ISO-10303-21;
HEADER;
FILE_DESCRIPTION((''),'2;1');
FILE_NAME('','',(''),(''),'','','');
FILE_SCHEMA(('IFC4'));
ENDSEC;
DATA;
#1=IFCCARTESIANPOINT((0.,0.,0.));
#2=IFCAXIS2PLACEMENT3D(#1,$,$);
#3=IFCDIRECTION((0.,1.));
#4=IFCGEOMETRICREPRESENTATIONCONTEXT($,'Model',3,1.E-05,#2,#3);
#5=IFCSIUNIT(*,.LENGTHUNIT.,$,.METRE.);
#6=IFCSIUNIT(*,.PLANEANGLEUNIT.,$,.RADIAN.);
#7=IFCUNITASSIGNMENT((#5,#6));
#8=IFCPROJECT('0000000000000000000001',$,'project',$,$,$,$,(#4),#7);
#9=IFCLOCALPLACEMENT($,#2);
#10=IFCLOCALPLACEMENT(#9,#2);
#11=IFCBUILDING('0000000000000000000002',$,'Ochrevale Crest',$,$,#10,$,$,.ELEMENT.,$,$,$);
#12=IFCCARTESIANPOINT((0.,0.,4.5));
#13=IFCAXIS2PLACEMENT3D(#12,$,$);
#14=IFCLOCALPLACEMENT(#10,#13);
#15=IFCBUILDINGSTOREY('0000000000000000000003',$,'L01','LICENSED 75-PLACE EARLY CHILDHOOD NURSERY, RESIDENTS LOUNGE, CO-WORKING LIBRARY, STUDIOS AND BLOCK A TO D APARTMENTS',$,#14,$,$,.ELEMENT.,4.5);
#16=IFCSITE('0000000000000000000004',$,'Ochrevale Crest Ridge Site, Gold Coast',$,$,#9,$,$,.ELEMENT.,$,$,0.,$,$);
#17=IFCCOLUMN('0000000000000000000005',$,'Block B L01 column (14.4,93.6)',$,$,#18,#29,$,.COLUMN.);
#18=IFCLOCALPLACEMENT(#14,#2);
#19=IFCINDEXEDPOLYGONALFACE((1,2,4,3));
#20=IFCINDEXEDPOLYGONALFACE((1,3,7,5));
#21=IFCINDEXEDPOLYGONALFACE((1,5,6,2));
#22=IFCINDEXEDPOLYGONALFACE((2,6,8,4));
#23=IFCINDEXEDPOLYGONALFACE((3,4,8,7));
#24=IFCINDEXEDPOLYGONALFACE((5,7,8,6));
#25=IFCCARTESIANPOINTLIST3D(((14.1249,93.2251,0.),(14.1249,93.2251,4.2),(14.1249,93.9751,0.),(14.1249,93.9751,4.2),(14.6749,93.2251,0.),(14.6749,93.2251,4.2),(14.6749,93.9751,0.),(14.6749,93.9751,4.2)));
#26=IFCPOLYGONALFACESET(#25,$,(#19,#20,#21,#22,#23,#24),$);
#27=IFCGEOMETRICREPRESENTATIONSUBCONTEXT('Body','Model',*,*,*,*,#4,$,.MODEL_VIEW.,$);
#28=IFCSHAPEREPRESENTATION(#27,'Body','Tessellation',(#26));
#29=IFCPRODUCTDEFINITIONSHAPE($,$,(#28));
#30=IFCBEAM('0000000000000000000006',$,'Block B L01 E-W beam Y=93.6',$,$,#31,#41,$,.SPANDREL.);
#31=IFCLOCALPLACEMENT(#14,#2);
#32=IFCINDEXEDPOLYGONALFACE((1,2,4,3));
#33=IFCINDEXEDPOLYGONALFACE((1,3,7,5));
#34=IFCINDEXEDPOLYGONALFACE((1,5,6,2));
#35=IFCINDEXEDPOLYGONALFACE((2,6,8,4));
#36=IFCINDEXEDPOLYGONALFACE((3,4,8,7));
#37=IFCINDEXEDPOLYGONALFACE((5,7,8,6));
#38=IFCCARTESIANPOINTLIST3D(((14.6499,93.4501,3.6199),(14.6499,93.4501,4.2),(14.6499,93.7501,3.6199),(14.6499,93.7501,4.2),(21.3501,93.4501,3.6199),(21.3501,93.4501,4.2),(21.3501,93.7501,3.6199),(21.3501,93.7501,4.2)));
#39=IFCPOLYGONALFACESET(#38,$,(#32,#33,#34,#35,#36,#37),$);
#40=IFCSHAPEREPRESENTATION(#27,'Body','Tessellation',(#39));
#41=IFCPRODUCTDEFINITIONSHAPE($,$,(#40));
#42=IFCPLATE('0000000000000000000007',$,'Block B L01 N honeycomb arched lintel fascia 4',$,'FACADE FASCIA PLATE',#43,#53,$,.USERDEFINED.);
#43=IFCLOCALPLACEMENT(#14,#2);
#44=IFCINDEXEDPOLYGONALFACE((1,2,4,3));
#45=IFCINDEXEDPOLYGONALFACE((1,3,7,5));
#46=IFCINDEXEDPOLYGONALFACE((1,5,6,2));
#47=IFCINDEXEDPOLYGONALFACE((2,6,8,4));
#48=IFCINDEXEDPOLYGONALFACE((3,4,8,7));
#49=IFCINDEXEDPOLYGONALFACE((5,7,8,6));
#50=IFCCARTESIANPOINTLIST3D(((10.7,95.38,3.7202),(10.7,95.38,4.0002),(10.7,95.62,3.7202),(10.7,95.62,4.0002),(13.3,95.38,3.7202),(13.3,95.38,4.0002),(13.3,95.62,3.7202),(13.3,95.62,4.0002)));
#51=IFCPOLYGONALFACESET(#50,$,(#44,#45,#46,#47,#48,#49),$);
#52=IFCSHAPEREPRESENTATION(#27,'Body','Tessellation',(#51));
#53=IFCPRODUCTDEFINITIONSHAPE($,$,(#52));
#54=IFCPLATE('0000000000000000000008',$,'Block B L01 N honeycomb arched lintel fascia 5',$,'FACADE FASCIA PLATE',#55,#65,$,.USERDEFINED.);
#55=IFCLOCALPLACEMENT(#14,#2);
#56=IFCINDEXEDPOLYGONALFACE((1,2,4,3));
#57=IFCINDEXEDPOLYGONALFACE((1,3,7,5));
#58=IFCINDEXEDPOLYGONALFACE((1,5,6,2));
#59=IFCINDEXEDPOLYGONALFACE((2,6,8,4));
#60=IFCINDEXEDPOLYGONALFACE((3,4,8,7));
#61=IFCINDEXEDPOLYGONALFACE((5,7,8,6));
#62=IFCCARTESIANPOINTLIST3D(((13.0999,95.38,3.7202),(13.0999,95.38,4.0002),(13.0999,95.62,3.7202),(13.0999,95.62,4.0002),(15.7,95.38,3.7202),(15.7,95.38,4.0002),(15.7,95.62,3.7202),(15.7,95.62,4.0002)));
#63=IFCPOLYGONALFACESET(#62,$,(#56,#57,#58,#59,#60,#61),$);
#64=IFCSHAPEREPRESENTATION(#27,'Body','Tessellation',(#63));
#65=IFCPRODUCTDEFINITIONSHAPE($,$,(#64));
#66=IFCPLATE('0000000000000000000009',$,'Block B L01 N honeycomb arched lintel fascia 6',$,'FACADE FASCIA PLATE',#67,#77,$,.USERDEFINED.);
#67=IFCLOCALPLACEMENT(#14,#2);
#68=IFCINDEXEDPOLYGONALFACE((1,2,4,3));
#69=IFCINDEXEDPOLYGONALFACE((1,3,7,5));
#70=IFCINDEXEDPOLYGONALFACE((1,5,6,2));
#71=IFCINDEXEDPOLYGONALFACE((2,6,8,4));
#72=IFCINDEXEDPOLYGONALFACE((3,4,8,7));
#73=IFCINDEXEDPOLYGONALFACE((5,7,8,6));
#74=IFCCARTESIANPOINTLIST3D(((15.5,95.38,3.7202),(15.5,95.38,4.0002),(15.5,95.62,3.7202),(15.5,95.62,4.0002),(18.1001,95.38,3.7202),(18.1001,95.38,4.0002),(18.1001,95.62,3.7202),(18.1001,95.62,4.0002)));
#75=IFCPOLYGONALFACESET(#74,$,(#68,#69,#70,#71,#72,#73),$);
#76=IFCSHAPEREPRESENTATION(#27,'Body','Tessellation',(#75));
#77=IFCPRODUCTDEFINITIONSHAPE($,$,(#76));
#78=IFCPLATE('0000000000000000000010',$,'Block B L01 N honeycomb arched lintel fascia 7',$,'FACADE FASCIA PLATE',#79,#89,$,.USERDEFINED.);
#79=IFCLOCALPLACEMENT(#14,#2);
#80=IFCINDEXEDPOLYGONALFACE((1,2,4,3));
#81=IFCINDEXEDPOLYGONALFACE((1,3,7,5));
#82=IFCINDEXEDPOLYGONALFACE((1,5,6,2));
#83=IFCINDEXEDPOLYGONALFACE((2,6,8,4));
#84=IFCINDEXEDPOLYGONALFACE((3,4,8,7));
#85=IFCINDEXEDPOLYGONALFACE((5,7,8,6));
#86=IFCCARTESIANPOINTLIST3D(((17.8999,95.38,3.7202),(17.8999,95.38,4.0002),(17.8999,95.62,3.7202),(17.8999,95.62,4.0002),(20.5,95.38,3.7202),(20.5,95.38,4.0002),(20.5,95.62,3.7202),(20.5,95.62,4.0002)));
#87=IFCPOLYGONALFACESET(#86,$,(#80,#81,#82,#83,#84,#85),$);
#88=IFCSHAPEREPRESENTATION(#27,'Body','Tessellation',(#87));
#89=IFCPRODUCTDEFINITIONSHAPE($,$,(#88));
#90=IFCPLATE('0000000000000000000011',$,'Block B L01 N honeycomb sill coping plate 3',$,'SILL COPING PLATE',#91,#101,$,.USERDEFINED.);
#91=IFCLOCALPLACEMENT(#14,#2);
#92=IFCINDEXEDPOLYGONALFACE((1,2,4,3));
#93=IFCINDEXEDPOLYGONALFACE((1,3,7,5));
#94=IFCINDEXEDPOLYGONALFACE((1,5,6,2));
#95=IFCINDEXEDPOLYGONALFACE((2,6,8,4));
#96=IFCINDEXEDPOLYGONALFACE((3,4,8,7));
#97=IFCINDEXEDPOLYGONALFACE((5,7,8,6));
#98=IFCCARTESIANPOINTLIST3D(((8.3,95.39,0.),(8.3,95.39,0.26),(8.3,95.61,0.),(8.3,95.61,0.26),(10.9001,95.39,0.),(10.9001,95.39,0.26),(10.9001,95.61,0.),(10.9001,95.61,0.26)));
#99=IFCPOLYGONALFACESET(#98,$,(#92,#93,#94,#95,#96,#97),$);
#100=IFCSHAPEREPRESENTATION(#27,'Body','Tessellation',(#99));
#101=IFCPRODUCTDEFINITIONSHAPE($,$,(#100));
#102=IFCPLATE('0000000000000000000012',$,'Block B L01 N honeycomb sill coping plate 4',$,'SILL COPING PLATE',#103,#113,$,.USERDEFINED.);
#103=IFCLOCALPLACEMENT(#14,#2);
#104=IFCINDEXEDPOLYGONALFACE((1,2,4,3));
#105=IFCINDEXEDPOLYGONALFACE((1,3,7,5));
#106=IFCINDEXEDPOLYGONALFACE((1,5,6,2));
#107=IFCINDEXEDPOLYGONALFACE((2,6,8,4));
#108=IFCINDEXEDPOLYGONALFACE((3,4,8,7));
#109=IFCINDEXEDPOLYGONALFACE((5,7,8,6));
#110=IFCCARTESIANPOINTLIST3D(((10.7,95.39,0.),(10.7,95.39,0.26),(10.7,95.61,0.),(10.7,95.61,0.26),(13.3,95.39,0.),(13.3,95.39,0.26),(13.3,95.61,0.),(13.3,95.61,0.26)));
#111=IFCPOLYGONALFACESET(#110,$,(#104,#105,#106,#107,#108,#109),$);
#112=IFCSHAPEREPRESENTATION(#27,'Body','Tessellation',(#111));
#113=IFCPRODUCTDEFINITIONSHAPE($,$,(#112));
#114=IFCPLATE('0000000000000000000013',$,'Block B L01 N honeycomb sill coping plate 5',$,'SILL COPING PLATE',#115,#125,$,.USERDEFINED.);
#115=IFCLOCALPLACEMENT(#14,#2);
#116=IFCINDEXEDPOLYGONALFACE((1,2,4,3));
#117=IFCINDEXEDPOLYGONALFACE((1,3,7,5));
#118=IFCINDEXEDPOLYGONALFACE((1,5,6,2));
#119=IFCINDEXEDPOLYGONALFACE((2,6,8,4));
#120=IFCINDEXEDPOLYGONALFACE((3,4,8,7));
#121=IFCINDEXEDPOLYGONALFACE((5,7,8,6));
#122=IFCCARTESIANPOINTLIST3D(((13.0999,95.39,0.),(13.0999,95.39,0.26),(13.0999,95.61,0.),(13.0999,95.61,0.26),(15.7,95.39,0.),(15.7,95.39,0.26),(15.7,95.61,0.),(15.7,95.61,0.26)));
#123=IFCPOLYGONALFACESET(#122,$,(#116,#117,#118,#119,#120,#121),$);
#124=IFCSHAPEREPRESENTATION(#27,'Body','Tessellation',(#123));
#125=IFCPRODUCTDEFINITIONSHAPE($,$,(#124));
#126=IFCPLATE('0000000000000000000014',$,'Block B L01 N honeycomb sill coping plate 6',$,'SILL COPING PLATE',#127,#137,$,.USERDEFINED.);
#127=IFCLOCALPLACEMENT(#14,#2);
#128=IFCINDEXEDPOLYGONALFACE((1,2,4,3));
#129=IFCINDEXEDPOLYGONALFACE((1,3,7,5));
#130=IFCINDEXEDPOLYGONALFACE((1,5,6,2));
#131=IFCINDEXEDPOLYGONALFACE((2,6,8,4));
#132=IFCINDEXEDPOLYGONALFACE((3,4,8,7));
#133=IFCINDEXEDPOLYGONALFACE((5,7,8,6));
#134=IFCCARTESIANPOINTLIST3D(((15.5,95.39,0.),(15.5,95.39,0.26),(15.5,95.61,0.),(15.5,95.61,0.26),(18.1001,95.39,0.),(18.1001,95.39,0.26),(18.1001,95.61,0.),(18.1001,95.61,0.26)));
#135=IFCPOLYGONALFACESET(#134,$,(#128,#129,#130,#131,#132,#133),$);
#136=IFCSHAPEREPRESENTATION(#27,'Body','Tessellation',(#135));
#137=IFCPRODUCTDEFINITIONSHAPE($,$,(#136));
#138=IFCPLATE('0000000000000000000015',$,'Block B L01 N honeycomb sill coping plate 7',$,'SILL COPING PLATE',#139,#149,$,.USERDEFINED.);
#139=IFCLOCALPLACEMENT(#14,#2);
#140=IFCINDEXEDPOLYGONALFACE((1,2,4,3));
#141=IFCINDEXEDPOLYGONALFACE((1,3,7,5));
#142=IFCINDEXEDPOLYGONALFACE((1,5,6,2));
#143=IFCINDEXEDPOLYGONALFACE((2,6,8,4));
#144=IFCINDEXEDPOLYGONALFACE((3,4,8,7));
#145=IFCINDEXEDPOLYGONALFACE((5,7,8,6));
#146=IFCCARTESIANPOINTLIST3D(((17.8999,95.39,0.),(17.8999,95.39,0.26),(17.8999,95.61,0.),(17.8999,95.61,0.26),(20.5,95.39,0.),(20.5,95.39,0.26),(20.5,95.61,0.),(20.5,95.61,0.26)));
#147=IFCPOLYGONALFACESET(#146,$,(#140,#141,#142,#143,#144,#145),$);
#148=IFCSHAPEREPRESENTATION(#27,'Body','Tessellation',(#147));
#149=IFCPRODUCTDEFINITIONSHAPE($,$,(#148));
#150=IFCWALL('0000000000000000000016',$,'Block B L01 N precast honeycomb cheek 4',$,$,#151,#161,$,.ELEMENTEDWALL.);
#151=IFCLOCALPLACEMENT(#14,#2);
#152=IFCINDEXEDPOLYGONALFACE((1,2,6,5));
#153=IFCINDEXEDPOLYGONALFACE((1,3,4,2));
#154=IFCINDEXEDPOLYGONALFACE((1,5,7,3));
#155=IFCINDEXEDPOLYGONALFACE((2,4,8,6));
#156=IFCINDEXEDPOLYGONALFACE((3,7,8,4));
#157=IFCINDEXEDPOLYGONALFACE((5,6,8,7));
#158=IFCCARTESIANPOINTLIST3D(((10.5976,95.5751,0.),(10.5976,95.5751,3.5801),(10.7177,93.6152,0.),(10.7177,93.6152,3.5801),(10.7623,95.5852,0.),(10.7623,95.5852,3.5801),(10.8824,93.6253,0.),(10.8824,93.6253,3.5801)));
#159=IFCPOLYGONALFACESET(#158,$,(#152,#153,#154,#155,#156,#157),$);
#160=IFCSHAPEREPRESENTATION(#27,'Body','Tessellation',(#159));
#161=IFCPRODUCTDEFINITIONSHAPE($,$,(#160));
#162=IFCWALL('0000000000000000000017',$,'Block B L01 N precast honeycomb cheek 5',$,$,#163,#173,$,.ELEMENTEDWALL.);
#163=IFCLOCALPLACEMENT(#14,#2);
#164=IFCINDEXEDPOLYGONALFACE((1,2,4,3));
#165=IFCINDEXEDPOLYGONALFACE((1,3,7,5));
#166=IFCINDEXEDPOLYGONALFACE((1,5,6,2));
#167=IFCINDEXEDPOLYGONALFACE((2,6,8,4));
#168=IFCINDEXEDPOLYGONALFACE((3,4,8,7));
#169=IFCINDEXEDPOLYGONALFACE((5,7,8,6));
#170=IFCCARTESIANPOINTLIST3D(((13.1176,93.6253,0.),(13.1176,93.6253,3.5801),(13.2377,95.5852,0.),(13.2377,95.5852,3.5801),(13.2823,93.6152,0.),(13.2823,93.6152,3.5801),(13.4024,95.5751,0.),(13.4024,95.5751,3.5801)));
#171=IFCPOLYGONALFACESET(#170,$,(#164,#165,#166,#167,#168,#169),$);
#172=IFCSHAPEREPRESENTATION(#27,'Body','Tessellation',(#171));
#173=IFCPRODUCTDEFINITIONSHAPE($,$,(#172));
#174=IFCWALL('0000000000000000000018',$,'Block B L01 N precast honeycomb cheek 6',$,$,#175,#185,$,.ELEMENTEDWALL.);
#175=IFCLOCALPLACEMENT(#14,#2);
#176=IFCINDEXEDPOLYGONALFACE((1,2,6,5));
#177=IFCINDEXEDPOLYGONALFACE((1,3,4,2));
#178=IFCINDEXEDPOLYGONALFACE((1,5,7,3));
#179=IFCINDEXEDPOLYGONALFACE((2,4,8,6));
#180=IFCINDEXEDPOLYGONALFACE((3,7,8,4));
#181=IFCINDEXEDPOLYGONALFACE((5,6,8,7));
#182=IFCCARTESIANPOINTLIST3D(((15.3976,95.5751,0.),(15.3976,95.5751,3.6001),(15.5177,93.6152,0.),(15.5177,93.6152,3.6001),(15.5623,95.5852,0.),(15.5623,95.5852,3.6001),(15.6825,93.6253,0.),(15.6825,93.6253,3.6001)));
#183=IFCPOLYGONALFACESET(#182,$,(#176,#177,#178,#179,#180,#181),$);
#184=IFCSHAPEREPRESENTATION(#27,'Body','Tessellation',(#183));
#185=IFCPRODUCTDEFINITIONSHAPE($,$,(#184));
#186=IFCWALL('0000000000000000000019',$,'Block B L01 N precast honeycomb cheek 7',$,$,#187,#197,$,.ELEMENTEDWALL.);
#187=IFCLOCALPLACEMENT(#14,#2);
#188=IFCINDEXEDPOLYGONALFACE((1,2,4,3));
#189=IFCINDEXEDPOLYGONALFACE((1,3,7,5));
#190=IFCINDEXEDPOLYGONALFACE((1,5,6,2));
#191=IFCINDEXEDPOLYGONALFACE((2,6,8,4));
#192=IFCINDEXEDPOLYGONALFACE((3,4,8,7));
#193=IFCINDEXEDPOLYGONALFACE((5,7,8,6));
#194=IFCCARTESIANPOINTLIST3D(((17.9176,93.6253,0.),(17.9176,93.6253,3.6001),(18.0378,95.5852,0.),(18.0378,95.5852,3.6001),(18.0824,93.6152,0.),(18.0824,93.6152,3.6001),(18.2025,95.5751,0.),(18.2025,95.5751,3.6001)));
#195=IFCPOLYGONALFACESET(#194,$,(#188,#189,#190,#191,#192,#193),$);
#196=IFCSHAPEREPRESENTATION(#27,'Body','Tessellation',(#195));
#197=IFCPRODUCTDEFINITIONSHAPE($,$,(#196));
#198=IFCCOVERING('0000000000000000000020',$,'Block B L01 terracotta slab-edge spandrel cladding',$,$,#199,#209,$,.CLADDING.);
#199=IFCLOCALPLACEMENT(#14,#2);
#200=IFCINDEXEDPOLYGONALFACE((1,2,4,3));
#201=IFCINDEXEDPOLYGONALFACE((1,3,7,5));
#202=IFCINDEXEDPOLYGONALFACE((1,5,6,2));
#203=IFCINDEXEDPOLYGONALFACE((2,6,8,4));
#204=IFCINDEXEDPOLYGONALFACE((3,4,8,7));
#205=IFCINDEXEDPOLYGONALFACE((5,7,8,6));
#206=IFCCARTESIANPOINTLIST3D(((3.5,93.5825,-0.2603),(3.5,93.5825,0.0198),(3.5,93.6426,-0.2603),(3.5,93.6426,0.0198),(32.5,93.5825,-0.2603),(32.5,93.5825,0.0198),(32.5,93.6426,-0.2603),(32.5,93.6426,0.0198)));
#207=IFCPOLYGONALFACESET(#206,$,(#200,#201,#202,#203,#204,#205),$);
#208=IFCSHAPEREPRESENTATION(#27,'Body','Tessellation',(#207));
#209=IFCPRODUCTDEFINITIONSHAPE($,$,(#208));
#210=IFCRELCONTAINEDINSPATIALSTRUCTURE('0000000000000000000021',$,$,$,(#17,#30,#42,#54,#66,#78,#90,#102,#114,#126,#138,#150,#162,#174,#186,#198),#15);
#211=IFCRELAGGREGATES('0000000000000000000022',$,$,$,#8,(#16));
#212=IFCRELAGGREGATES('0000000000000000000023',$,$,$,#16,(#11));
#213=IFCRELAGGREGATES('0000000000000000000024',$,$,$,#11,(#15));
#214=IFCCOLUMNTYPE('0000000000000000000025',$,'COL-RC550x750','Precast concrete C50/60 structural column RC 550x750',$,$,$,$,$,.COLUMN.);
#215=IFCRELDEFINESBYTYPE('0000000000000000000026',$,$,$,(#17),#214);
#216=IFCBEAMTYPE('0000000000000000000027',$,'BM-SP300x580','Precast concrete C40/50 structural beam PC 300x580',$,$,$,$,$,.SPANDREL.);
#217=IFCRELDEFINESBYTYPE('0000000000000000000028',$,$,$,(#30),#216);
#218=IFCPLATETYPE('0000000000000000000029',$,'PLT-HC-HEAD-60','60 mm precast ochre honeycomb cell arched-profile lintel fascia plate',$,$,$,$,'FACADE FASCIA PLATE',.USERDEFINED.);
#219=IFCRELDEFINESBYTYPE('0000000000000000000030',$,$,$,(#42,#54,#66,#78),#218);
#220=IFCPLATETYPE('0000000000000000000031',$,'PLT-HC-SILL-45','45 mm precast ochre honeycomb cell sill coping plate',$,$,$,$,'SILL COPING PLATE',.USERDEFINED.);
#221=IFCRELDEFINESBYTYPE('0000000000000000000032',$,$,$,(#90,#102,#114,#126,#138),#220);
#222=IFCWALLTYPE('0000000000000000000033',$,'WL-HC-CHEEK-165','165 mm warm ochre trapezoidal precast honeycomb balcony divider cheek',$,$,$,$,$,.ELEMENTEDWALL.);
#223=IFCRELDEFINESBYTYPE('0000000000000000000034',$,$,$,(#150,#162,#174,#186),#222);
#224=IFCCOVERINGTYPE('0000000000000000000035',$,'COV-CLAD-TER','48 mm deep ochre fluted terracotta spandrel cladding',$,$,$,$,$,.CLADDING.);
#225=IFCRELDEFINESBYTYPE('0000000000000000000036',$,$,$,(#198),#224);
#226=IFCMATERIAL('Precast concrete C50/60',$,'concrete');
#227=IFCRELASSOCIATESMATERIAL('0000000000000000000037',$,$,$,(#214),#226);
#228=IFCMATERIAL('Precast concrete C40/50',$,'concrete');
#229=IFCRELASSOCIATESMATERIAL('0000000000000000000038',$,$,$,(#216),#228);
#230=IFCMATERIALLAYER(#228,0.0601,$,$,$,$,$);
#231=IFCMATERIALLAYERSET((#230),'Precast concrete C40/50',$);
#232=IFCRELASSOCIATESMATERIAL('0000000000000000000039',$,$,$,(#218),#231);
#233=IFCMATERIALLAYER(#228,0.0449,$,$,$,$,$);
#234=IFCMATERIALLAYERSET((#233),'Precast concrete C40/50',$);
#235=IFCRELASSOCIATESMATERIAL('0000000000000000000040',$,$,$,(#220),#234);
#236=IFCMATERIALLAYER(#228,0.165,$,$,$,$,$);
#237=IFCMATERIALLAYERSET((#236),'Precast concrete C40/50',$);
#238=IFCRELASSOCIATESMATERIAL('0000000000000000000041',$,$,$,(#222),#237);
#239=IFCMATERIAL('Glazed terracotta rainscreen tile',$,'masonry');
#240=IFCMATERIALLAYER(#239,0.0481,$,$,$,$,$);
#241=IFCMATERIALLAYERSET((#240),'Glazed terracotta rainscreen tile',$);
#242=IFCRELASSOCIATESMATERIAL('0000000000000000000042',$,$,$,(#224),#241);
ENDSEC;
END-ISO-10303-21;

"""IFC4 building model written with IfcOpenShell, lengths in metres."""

from ifc_helpers import new_model, si_unit, direction, frame, frame_2d, origin, origin_2d, place, context, subcontext, project, spatial, rectangle, extrude, material, layer, layer_set, material_profile, profile_set, type_object, element, save


model = new_model("IFC4")

# Units and contexts
model_context = context("Model", 3, precision=1e-05, world=origin(), true_north=direction((0.0, 1.0)))
body_context = subcontext(model_context, "Body", "Model", "MODEL_VIEW")
ifc_project = project(units=[si_unit("LENGTHUNIT", "METRE"), si_unit("PLANEANGLEUNIT", "RADIAN")], contexts=[model_context])

# Site, building, storey
site_placement = place(None, origin())
site = spatial("IfcSite", under=ifc_project, at=site_placement, Name="Ochrevale Crest Ridge Site, Gold Coast", CompositionType="ELEMENT", RefElevation=0.0)
building_placement = place(site_placement, origin())
building = spatial("IfcBuilding", under=site, at=building_placement, Name="Ochrevale Crest", CompositionType="ELEMENT")
storey_placement = place(building_placement, frame((0.0, 0.0, 4.5)))
storey = spatial("IfcBuildingStorey", under=building, at=storey_placement, Name="L01", Description="LICENSED 75-PLACE EARLY CHILDHOOD NURSERY, RESIDENTS LOUNGE, CO-WORKING LIBRARY, STUDIOS AND BLOCK A TO D APARTMENTS", CompositionType="ELEMENT", Elevation=4.5)

# Column
ifc_material_1 = material(Name="Precast concrete C50/60", Category="concrete")
ifc_material_profile_1 = material_profile(ifc_material_1, rectangle(XDim=0.55, YDim=0.75, at=origin_2d()), Name="RC 550x750")
ifc_profile_set_1 = profile_set([ifc_material_profile_1], Name="Precast concrete C50/60")
column_type = type_object("IfcColumnType", Name="COL-RC550x750", Description="Precast concrete C50/60 structural column RC 550x750", PredefinedType="COLUMN", material=ifc_profile_set_1)
column_placement = place(storey_placement, frame((14.3999, 93.6001, 0.0), z_axis=(0.0, 0.0, 1.0), x_axis=(1.0, 0.0, 0.0)))
element("IfcColumn", 1, at=column_placement, inside=storey, type_object=column_type, Name="Block B L01 column (14.4,93.6)", PredefinedType="COLUMN", context=body_context, shape_type="SweptSolid", body=[
    extrude(rectangle(XDim=0.55, YDim=0.75, at=origin_2d()), origin(), (0.0, 0.0, 1.0), 4.2),
])

# Beam
ifc_material_2 = material(Name="Precast concrete C40/50", Category="concrete")
ifc_material_profile_2 = material_profile(ifc_material_2, rectangle(XDim=0.3, YDim=0.5801, at=origin_2d()), Name="PC 300x580")
ifc_profile_set_2 = profile_set([ifc_material_profile_2], Name="Precast concrete C40/50")
beam_type = type_object("IfcBeamType", Name="BM-SP300x580", Description="Precast concrete C40/50 structural beam PC 300x580", PredefinedType="SPANDREL", material=ifc_profile_set_2)
beam_placement = place(storey_placement, frame((14.6499, 93.6001, 3.9099), z_axis=(1.0, 0.0, 0.0), x_axis=(0.0, 1.0, 0.0)))
element("IfcBeam", 2, at=beam_placement, inside=storey, type_object=beam_type, Name="Block B L01 E-W beam Y=93.6", PredefinedType="SPANDREL", context=body_context, shape_type="SweptSolid", body=[
    extrude(rectangle(XDim=0.3, YDim=0.5801, at=origin_2d()), origin(), (0.0, 0.0, 1.0), 6.7002),
])

# Plates
ifc_layer_1 = layer(ifc_material_2, 0.0601)
ifc_layer_set_1 = layer_set([ifc_layer_1], Name="Precast concrete C40/50")
plate_type_1 = type_object("IfcPlateType", Name="PLT-HC-HEAD-60", Description="60 mm precast ochre honeycomb cell arched-profile lintel fascia plate", ElementType="FACADE FASCIA PLATE", PredefinedType="USERDEFINED", material=ifc_layer_set_1)
for number, where, z_axis, x_axis, name in (
    (3, (12.0, 95.5, 3.7202), (0.0, 0.0, 1.0), (1.0, 0.0, 0.0), "Block B L01 N honeycomb arched lintel fascia 4"),
    (4, (14.3999, 95.5, 3.7202), (0.0, 0.0, 1.0), (1.0, 0.0, 0.0), "Block B L01 N honeycomb arched lintel fascia 5"),
    (5, (16.8, 95.5, 3.7202), (0.0, 0.0, 1.0), (1.0, 0.0, 0.0), "Block B L01 N honeycomb arched lintel fascia 6"),
    (6, (19.2, 95.5, 3.7202), (0.0, 0.0, 1.0), (1.0, 0.0, 0.0), "Block B L01 N honeycomb arched lintel fascia 7"),
):
    element("IfcPlate", number, at=place(storey_placement, frame(where, z_axis=z_axis, x_axis=x_axis)), inside=storey, type_object=plate_type_1, Name=name, ObjectType="FACADE FASCIA PLATE", PredefinedType="USERDEFINED", context=body_context, shape_type="SweptSolid", body=[
        extrude(rectangle(XDim=2.6001, YDim=0.24, at=origin_2d()), origin(), (0.0, 0.0, 1.0), 0.28),
    ])
ifc_layer_2 = layer(ifc_material_2, 0.0449)
ifc_layer_set_2 = layer_set([ifc_layer_2], Name="Precast concrete C40/50")
plate_type_2 = type_object("IfcPlateType", Name="PLT-HC-SILL-45", Description="45 mm precast ochre honeycomb cell sill coping plate", ElementType="SILL COPING PLATE", PredefinedType="USERDEFINED", material=ifc_layer_set_2)
for number, where, z_axis, x_axis, name in (
    (7, (9.6001, 95.5, 0.0), (0.0, 0.0, 1.0), (1.0, 0.0, 0.0), "Block B L01 N honeycomb sill coping plate 3"),
    (8, (12.0, 95.5, 0.0), (0.0, 0.0, 1.0), (1.0, 0.0, 0.0), "Block B L01 N honeycomb sill coping plate 4"),
    (9, (14.3999, 95.5, 0.0), (0.0, 0.0, 1.0), (1.0, 0.0, 0.0), "Block B L01 N honeycomb sill coping plate 5"),
    (10, (16.8, 95.5, 0.0), (0.0, 0.0, 1.0), (1.0, 0.0, 0.0), "Block B L01 N honeycomb sill coping plate 6"),
    (11, (19.2, 95.5, 0.0), (0.0, 0.0, 1.0), (1.0, 0.0, 0.0), "Block B L01 N honeycomb sill coping plate 7"),
):
    element("IfcPlate", number, at=place(storey_placement, frame(where, z_axis=z_axis, x_axis=x_axis)), inside=storey, type_object=plate_type_2, Name=name, ObjectType="SILL COPING PLATE", PredefinedType="USERDEFINED", context=body_context, shape_type="SweptSolid", body=[
        extrude(rectangle(XDim=2.6001, YDim=0.22, at=origin_2d()), origin(), (0.0, 0.0, 1.0), 0.26),
    ])

# Walls
ifc_layer_3 = layer(ifc_material_2, 0.165)
ifc_layer_set_3 = layer_set([ifc_layer_3], Name="Precast concrete C40/50")
wall_type = type_object("IfcWallType", Name="WL-HC-CHEEK-165", Description="165 mm warm ochre trapezoidal precast honeycomb balcony divider cheek", PredefinedType="ELEMENTEDWALL", material=ifc_layer_set_3)
for number, where, z_axis, x_axis, name in (
    (12, (10.8, 93.6201, 0.0), (0.0, 0.0, 1.0), (-0.061171, 0.998127, 0.0), "Block B L01 N precast honeycomb cheek 4"),
    (13, (13.2, 93.6201, 0.0), (0.0, 0.0, 1.0), (0.061171, 0.998127, 0.0), "Block B L01 N precast honeycomb cheek 5"),
):
    element("IfcWall", number, at=place(storey_placement, frame(where, z_axis=z_axis, x_axis=x_axis)), inside=storey, type_object=wall_type, Name=name, PredefinedType="ELEMENTEDWALL", context=body_context, shape_type="SweptSolid", body=[
        extrude(rectangle(XDim=1.9636, YDim=0.165, at=frame_2d((0.9819, 0.0))), origin(), (0.0, 0.0, 1.0), 3.5801),
    ])
for number, where, z_axis, x_axis, name in (
    (14, (15.6001, 93.6201, 0.0), (0.0, 0.0, 1.0), (-0.061171, 0.998127, 0.0), "Block B L01 N precast honeycomb cheek 6"),
    (15, (18.0, 93.6201, 0.0), (0.0, 0.0, 1.0), (0.061171, 0.998127, 0.0), "Block B L01 N precast honeycomb cheek 7"),
):
    element("IfcWall", number, at=place(storey_placement, frame(where, z_axis=z_axis, x_axis=x_axis)), inside=storey, type_object=wall_type, Name=name, PredefinedType="ELEMENTEDWALL", context=body_context, shape_type="SweptSolid", body=[
        extrude(rectangle(XDim=1.9636, YDim=0.165, at=frame_2d((0.9819, 0.0))), origin(), (0.0, 0.0, 1.0), 3.6001),
    ])

# Covering
ifc_material_3 = material(Name="Glazed terracotta rainscreen tile", Category="masonry")
ifc_layer_4 = layer(ifc_material_3, 0.0481)
ifc_layer_set_4 = layer_set([ifc_layer_4], Name="Glazed terracotta rainscreen tile")
covering_type = type_object("IfcCoveringType", Name="COV-CLAD-TER", Description="48 mm deep ochre fluted terracotta spandrel cladding", PredefinedType="CLADDING", material=ifc_layer_set_4)
covering_placement = place(storey_placement, frame((18.0, 93.6125, -0.2603), z_axis=(0.0, 0.0, 1.0), x_axis=(-1.0, 0.0, 0.0)))
element("IfcCovering", 16, at=covering_placement, inside=storey, type_object=covering_type, Name="Block B L01 terracotta slab-edge spandrel cladding", PredefinedType="CLADDING", context=body_context, shape_type="SweptSolid", body=[
    extrude(rectangle(XDim=29.0, YDim=0.0601, at=origin_2d()), origin(), (0.0, 0.0, 1.0), 0.28),
])

save(model, "model.ifc")
